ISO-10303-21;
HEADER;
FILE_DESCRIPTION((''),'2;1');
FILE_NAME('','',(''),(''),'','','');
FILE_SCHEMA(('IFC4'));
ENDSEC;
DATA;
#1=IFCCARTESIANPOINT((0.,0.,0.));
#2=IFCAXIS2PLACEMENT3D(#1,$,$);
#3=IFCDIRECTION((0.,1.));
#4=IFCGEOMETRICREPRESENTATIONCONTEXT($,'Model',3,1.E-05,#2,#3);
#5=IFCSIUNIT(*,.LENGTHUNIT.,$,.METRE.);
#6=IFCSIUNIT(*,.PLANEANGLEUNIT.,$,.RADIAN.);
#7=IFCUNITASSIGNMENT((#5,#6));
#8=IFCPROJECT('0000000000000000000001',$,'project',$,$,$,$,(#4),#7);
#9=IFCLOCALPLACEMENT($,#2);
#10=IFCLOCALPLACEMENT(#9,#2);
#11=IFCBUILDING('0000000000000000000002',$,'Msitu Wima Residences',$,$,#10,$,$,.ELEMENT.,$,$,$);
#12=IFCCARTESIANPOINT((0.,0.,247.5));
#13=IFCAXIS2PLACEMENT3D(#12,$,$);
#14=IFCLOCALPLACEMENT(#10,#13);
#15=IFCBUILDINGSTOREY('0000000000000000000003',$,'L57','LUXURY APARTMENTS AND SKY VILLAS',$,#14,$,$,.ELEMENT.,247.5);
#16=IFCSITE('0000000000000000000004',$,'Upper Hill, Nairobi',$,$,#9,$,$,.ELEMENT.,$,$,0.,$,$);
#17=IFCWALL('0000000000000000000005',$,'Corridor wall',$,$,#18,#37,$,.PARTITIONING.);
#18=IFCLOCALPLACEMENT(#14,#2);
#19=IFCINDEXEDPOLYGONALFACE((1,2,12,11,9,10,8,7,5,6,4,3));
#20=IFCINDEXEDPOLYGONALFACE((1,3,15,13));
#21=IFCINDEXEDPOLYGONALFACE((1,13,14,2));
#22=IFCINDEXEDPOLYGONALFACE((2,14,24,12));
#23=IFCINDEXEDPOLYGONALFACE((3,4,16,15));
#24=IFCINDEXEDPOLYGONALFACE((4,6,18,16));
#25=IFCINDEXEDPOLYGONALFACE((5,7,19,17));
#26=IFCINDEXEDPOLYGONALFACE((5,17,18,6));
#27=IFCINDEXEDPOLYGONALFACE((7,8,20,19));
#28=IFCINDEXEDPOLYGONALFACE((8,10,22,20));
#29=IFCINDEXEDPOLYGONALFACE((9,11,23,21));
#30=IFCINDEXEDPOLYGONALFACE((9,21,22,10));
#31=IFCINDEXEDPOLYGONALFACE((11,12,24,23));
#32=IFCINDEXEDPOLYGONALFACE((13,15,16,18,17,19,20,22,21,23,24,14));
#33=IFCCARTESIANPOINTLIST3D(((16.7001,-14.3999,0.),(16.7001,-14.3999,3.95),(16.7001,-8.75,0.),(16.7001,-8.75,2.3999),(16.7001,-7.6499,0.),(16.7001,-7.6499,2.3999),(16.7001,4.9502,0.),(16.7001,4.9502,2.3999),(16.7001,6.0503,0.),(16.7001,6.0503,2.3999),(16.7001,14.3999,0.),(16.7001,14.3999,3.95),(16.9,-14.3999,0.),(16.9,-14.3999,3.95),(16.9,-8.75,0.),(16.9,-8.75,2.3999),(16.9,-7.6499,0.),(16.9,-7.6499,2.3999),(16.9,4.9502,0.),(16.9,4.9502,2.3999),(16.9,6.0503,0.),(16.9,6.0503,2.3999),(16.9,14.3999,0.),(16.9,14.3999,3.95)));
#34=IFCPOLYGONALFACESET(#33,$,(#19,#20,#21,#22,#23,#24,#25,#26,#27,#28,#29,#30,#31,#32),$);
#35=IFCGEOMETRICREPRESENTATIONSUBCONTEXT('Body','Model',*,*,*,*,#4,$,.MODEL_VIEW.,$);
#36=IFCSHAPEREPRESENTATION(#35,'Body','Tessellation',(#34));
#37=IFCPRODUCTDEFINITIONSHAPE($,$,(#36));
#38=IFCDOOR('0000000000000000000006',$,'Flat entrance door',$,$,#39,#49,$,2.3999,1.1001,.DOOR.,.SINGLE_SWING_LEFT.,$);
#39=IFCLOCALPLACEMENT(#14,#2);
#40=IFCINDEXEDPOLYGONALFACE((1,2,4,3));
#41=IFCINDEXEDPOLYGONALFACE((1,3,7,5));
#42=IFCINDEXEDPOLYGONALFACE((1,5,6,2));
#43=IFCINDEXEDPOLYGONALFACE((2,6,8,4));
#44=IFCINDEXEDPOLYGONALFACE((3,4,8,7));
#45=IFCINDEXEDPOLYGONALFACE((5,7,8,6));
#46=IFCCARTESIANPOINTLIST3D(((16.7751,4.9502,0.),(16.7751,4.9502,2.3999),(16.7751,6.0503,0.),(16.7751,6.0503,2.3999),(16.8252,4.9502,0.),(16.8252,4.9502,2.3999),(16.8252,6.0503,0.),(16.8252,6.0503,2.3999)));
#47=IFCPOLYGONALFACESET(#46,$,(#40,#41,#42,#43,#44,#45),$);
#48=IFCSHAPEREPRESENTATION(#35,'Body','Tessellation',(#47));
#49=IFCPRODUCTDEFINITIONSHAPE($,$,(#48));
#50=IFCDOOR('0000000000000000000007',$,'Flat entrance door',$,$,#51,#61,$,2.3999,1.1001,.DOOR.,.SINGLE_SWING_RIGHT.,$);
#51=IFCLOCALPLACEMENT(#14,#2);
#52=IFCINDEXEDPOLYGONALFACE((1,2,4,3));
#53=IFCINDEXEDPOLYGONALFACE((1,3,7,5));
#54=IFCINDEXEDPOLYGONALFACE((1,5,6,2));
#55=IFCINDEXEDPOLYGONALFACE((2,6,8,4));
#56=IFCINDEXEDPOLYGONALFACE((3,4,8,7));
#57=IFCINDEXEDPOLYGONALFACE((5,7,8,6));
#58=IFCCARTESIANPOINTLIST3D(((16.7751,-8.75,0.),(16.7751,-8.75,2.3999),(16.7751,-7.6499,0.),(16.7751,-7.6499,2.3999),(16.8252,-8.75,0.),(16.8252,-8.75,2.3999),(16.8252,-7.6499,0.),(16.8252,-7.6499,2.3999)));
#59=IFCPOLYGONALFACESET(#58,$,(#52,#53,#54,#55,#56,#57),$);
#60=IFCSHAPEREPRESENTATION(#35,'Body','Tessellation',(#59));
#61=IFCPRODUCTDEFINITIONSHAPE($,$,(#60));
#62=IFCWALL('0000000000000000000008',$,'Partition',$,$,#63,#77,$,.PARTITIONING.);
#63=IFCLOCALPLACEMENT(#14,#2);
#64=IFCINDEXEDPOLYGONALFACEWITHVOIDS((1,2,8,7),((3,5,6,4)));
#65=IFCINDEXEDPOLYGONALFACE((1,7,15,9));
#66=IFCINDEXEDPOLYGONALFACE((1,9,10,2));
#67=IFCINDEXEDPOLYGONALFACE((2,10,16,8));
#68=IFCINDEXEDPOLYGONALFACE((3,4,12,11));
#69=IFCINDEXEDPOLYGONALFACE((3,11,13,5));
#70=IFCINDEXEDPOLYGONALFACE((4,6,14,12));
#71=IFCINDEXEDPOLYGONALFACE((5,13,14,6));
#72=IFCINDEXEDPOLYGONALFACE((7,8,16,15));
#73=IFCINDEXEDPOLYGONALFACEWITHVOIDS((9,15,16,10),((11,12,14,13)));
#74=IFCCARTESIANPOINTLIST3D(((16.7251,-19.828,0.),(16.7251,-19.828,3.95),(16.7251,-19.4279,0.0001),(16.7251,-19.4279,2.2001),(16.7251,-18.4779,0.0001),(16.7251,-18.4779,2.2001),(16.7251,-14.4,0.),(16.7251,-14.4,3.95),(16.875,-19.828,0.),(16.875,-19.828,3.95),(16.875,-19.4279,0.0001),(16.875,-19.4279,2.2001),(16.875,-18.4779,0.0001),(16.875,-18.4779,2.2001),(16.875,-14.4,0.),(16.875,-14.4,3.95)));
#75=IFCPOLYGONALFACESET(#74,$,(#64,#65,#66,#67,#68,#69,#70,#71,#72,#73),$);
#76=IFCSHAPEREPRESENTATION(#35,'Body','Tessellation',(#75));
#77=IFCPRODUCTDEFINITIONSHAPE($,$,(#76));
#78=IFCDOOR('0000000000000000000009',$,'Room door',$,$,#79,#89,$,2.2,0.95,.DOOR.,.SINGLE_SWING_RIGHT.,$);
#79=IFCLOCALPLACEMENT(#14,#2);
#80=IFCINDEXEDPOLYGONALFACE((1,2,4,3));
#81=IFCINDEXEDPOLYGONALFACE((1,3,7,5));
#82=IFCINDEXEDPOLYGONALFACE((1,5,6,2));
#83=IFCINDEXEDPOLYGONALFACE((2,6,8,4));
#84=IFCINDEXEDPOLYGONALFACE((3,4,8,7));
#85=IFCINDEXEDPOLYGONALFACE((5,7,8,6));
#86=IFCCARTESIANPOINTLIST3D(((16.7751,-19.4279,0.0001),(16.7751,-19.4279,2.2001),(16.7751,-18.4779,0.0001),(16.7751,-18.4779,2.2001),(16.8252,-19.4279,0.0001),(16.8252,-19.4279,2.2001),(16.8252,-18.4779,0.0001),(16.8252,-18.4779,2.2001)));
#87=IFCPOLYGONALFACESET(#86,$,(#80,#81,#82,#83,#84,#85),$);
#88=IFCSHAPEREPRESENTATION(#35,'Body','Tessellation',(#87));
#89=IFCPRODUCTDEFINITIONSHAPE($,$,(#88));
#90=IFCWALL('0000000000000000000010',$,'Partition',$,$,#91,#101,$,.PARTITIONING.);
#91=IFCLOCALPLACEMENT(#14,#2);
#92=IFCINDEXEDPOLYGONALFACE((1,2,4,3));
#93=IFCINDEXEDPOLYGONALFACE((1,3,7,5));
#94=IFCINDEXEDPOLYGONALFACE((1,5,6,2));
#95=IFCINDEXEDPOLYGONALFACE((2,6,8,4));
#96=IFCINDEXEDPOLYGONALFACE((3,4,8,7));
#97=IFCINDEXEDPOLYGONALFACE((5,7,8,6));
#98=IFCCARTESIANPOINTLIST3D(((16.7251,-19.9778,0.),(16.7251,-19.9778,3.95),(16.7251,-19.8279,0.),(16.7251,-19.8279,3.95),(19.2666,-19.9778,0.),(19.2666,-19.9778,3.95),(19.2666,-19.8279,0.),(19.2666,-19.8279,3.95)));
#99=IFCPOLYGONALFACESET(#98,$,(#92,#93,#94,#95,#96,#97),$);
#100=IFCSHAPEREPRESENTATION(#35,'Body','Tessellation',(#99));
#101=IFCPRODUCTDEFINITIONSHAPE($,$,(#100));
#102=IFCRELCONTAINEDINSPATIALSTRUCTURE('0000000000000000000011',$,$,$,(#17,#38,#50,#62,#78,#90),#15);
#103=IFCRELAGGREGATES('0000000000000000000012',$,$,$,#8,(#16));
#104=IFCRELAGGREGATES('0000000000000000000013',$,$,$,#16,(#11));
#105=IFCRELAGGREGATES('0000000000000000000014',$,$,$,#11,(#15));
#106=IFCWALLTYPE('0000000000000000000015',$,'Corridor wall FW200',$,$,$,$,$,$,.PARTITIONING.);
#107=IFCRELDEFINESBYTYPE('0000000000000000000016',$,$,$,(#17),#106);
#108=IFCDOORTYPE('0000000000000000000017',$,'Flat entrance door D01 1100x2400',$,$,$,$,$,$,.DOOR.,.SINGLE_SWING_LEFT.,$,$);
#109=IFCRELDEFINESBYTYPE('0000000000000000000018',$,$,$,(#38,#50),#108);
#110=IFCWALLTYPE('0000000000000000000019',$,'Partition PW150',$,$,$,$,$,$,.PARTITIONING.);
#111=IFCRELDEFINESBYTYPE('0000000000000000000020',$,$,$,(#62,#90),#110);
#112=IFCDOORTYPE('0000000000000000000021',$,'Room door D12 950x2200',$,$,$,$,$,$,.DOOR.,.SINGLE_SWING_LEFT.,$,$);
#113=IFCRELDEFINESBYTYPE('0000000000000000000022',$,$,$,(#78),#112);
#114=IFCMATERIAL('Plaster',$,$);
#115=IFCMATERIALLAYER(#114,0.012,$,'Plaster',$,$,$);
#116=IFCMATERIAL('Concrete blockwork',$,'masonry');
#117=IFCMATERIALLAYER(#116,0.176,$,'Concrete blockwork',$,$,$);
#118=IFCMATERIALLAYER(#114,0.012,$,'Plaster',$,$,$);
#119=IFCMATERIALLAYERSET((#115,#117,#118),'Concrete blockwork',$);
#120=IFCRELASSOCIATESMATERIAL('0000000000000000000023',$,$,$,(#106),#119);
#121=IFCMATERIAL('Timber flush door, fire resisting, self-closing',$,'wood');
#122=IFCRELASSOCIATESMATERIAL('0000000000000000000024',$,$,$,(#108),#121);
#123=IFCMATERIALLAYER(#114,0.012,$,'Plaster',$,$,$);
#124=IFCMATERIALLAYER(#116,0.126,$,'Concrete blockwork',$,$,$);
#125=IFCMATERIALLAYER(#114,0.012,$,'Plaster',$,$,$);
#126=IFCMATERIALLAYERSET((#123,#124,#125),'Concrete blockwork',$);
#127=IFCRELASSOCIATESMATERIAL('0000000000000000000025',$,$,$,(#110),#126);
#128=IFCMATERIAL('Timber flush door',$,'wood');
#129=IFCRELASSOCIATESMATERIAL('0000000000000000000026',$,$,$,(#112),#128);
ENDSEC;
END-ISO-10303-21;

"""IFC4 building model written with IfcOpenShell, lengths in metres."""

from ifc_helpers import new_model, si_unit, direction, frame, frame_2d, origin, place, context, subcontext, project, spatial, rectangle, extrude, material, layer, layer_set, type_object, element, fill, save


model = new_model("IFC4")

# Units and contexts
model_context = context("Model", 3, precision=1e-05, world=origin(), true_north=direction((0.0, 1.0)))
body_context = subcontext(model_context, "Body", "Model", "MODEL_VIEW")
ifc_project = project(units=[si_unit("LENGTHUNIT", "METRE"), si_unit("PLANEANGLEUNIT", "RADIAN")], contexts=[model_context])

# Site, building, storey
site_placement = place(None, origin())
site = spatial("IfcSite", under=ifc_project, at=site_placement, Name="Upper Hill, Nairobi", CompositionType="ELEMENT", RefElevation=0.0)
building_placement = place(site_placement, origin())
building = spatial("IfcBuilding", under=site, at=building_placement, Name="Msitu Wima Residences", CompositionType="ELEMENT")
storey_placement = place(building_placement, frame((0.0, 0.0, 247.5)))
storey = spatial("IfcBuildingStorey", under=building, at=storey_placement, Name="L57", Description="LUXURY APARTMENTS AND SKY VILLAS", CompositionType="ELEMENT", Elevation=247.5)

# Shared definitions
ifc_material_1 = material(Name="Plaster")
ifc_layer_1 = layer(ifc_material_1, 0.012, Name="Plaster")
ifc_material_2 = material(Name="Concrete blockwork", Category="masonry")
ifc_layer_2 = layer(ifc_material_2, 0.176, Name="Concrete blockwork")
ifc_layer_3 = layer(ifc_material_1, 0.012, Name="Plaster")
ifc_layer_set_1 = layer_set([ifc_layer_1, ifc_layer_2, ifc_layer_3], Name="Concrete blockwork")
wall_type_1 = type_object("IfcWallType", Name="Corridor wall FW200", PredefinedType="PARTITIONING", material=ifc_layer_set_1)

# Wall, openings, doors
wall_1_placement = place(storey_placement, frame((16.8, -14.3999, 0.0), z_axis=(0.0, 0.0, 1.0), x_axis=(0.0, 1.0, 0.0)))
wall_1 = element("IfcWall", 1, at=wall_1_placement, inside=storey, type_object=wall_type_1, Name="Corridor wall", PredefinedType="PARTITIONING", context=body_context, shape_type="SweptSolid", body=[
    extrude(rectangle(XDim=28.7998, YDim=0.2, at=frame_2d((14.3999, 0.0))), origin(), (0.0, 0.0, 1.0), 3.95),
])
opening_1_placement = place(wall_1_placement, frame((19.3501, 0.0, 0.0)))
opening_1 = element("IfcOpeningElement", 2, at=opening_1_placement, cuts=wall_1, PredefinedType="OPENING", context=body_context, shape_type="SweptSolid", body=[
    extrude(rectangle(XDim=1.1001, YDim=2.3999, at=frame_2d((0.55, 1.2))), frame((0.0, 0.1099, 0.0), z_axis=(0.0, -1.0, 0.0), x_axis=(1.0, 0.0, 0.0)), (0.0, 0.0, 1.0), 0.22),
])
opening_2_placement = place(wall_1_placement, frame((5.6499, 0.0, 0.0)))
opening_2 = element("IfcOpeningElement", 3, at=opening_2_placement, cuts=wall_1, PredefinedType="OPENING", context=body_context, shape_type="SweptSolid", body=[
    extrude(rectangle(XDim=1.1001, YDim=2.3999, at=frame_2d((0.55, 1.2))), frame((0.0, 0.1099, 0.0), z_axis=(0.0, -1.0, 0.0), x_axis=(1.0, 0.0, 0.0)), (0.0, 0.0, 1.0), 0.22),
])
ifc_material_3 = material(Name="Timber flush door, fire resisting, self-closing", Category="wood")
door_type_1 = type_object("IfcDoorType", Name="Flat entrance door D01 1100x2400", OperationType="SINGLE_SWING_LEFT", PredefinedType="DOOR", material=ifc_material_3)
door_1_placement = place(opening_1_placement, origin())
door_1 = element("IfcDoor", 4, at=door_1_placement, inside=storey, type_object=door_type_1, Name="Flat entrance door", OperationType="SINGLE_SWING_LEFT", OverallHeight=2.3999, OverallWidth=1.1001, PredefinedType="DOOR", context=body_context, shape_type="SweptSolid", body=[
    extrude(rectangle(XDim=1.1001, YDim=2.3999, at=frame_2d((0.55, 1.2))), frame((0.0, 0.0249, 0.0), z_axis=(0.0, -1.0, 0.0), x_axis=(1.0, 0.0, 0.0)), (0.0, 0.0, 1.0), 0.05),
])
fill(opening_1, door_1)
door_2_placement = place(opening_2_placement, origin())
door_2 = element("IfcDoor", 5, at=door_2_placement, inside=storey, type_object=door_type_1, Name="Flat entrance door", OperationType="SINGLE_SWING_RIGHT", OverallHeight=2.3999, OverallWidth=1.1001, PredefinedType="DOOR", context=body_context, shape_type="SweptSolid", body=[
    extrude(rectangle(XDim=1.1001, YDim=2.3999, at=frame_2d((0.55, 1.2))), frame((0.0, 0.0249, 0.0), z_axis=(0.0, -1.0, 0.0), x_axis=(1.0, 0.0, 0.0)), (0.0, 0.0, 1.0), 0.05),
])
fill(opening_2, door_2)

# Wall, opening, door
ifc_layer_4 = layer(ifc_material_1, 0.012, Name="Plaster")
ifc_layer_5 = layer(ifc_material_2, 0.126, Name="Concrete blockwork")
ifc_layer_6 = layer(ifc_material_1, 0.012, Name="Plaster")
ifc_layer_set_2 = layer_set([ifc_layer_4, ifc_layer_5, ifc_layer_6], Name="Concrete blockwork")
wall_type_2 = type_object("IfcWallType", Name="Partition PW150", PredefinedType="PARTITIONING", material=ifc_layer_set_2)
wall_2_placement = place(storey_placement, frame((16.8, -19.8279, 0.0), z_axis=(0.0, 0.0, 1.0), x_axis=(0.0, 1.0, 0.0)))
wall_2 = element("IfcWall", 6, at=wall_2_placement, inside=storey, type_object=wall_type_2, Name="Partition", PredefinedType="PARTITIONING", context=body_context, shape_type="SweptSolid", body=[
    extrude(rectangle(XDim=5.428, YDim=0.1499, at=frame_2d((2.7139, 0.0))), origin(), (0.0, 0.0, 1.0), 3.95),
])
opening_3_placement = place(wall_2_placement, frame((0.3999, 0.0, 0.0)))
opening_3 = element("IfcOpeningElement", 7, at=opening_3_placement, cuts=wall_2, PredefinedType="OPENING", context=body_context, shape_type="SweptSolid", body=[
    extrude(rectangle(XDim=0.95, YDim=2.2, at=frame_2d((0.4751, 1.1001))), frame((0.0, 0.085, 0.0), z_axis=(0.0, -1.0, 0.0), x_axis=(1.0, 0.0, 0.0)), (0.0, 0.0, 1.0), 0.1699),
])
ifc_material_4 = material(Name="Timber flush door", Category="wood")
door_type_2 = type_object("IfcDoorType", Name="Room door D12 950x2200", OperationType="SINGLE_SWING_LEFT", PredefinedType="DOOR", material=ifc_material_4)
door_3_placement = place(opening_3_placement, origin())
door_3 = element("IfcDoor", 8, at=door_3_placement, inside=storey, type_object=door_type_2, Name="Room door", OperationType="SINGLE_SWING_RIGHT", OverallHeight=2.2, OverallWidth=0.95, PredefinedType="DOOR", context=body_context, shape_type="SweptSolid", body=[
    extrude(rectangle(XDim=0.95, YDim=2.2, at=frame_2d((0.4751, 1.1001))), frame((0.0, 0.0249, 0.0), z_axis=(0.0, -1.0, 0.0), x_axis=(1.0, 0.0, 0.0)), (0.0, 0.0, 1.0), 0.05),
])
fill(opening_3, door_3)

# Wall
wall_3_placement = place(storey_placement, frame((16.7251, -19.9028, 0.0), z_axis=(0.0, 0.0, 1.0), x_axis=(1.0, 0.0, 0.0)))
element("IfcWall", 9, at=wall_3_placement, inside=storey, type_object=wall_type_2, Name="Partition", PredefinedType="PARTITIONING", context=body_context, shape_type="SweptSolid", body=[
    extrude(rectangle(XDim=2.5415, YDim=0.1499, at=frame_2d((1.2708, 0.0))), origin(), (0.0, 0.0, 1.0), 3.95),
])

save(model, "model.ifc")
